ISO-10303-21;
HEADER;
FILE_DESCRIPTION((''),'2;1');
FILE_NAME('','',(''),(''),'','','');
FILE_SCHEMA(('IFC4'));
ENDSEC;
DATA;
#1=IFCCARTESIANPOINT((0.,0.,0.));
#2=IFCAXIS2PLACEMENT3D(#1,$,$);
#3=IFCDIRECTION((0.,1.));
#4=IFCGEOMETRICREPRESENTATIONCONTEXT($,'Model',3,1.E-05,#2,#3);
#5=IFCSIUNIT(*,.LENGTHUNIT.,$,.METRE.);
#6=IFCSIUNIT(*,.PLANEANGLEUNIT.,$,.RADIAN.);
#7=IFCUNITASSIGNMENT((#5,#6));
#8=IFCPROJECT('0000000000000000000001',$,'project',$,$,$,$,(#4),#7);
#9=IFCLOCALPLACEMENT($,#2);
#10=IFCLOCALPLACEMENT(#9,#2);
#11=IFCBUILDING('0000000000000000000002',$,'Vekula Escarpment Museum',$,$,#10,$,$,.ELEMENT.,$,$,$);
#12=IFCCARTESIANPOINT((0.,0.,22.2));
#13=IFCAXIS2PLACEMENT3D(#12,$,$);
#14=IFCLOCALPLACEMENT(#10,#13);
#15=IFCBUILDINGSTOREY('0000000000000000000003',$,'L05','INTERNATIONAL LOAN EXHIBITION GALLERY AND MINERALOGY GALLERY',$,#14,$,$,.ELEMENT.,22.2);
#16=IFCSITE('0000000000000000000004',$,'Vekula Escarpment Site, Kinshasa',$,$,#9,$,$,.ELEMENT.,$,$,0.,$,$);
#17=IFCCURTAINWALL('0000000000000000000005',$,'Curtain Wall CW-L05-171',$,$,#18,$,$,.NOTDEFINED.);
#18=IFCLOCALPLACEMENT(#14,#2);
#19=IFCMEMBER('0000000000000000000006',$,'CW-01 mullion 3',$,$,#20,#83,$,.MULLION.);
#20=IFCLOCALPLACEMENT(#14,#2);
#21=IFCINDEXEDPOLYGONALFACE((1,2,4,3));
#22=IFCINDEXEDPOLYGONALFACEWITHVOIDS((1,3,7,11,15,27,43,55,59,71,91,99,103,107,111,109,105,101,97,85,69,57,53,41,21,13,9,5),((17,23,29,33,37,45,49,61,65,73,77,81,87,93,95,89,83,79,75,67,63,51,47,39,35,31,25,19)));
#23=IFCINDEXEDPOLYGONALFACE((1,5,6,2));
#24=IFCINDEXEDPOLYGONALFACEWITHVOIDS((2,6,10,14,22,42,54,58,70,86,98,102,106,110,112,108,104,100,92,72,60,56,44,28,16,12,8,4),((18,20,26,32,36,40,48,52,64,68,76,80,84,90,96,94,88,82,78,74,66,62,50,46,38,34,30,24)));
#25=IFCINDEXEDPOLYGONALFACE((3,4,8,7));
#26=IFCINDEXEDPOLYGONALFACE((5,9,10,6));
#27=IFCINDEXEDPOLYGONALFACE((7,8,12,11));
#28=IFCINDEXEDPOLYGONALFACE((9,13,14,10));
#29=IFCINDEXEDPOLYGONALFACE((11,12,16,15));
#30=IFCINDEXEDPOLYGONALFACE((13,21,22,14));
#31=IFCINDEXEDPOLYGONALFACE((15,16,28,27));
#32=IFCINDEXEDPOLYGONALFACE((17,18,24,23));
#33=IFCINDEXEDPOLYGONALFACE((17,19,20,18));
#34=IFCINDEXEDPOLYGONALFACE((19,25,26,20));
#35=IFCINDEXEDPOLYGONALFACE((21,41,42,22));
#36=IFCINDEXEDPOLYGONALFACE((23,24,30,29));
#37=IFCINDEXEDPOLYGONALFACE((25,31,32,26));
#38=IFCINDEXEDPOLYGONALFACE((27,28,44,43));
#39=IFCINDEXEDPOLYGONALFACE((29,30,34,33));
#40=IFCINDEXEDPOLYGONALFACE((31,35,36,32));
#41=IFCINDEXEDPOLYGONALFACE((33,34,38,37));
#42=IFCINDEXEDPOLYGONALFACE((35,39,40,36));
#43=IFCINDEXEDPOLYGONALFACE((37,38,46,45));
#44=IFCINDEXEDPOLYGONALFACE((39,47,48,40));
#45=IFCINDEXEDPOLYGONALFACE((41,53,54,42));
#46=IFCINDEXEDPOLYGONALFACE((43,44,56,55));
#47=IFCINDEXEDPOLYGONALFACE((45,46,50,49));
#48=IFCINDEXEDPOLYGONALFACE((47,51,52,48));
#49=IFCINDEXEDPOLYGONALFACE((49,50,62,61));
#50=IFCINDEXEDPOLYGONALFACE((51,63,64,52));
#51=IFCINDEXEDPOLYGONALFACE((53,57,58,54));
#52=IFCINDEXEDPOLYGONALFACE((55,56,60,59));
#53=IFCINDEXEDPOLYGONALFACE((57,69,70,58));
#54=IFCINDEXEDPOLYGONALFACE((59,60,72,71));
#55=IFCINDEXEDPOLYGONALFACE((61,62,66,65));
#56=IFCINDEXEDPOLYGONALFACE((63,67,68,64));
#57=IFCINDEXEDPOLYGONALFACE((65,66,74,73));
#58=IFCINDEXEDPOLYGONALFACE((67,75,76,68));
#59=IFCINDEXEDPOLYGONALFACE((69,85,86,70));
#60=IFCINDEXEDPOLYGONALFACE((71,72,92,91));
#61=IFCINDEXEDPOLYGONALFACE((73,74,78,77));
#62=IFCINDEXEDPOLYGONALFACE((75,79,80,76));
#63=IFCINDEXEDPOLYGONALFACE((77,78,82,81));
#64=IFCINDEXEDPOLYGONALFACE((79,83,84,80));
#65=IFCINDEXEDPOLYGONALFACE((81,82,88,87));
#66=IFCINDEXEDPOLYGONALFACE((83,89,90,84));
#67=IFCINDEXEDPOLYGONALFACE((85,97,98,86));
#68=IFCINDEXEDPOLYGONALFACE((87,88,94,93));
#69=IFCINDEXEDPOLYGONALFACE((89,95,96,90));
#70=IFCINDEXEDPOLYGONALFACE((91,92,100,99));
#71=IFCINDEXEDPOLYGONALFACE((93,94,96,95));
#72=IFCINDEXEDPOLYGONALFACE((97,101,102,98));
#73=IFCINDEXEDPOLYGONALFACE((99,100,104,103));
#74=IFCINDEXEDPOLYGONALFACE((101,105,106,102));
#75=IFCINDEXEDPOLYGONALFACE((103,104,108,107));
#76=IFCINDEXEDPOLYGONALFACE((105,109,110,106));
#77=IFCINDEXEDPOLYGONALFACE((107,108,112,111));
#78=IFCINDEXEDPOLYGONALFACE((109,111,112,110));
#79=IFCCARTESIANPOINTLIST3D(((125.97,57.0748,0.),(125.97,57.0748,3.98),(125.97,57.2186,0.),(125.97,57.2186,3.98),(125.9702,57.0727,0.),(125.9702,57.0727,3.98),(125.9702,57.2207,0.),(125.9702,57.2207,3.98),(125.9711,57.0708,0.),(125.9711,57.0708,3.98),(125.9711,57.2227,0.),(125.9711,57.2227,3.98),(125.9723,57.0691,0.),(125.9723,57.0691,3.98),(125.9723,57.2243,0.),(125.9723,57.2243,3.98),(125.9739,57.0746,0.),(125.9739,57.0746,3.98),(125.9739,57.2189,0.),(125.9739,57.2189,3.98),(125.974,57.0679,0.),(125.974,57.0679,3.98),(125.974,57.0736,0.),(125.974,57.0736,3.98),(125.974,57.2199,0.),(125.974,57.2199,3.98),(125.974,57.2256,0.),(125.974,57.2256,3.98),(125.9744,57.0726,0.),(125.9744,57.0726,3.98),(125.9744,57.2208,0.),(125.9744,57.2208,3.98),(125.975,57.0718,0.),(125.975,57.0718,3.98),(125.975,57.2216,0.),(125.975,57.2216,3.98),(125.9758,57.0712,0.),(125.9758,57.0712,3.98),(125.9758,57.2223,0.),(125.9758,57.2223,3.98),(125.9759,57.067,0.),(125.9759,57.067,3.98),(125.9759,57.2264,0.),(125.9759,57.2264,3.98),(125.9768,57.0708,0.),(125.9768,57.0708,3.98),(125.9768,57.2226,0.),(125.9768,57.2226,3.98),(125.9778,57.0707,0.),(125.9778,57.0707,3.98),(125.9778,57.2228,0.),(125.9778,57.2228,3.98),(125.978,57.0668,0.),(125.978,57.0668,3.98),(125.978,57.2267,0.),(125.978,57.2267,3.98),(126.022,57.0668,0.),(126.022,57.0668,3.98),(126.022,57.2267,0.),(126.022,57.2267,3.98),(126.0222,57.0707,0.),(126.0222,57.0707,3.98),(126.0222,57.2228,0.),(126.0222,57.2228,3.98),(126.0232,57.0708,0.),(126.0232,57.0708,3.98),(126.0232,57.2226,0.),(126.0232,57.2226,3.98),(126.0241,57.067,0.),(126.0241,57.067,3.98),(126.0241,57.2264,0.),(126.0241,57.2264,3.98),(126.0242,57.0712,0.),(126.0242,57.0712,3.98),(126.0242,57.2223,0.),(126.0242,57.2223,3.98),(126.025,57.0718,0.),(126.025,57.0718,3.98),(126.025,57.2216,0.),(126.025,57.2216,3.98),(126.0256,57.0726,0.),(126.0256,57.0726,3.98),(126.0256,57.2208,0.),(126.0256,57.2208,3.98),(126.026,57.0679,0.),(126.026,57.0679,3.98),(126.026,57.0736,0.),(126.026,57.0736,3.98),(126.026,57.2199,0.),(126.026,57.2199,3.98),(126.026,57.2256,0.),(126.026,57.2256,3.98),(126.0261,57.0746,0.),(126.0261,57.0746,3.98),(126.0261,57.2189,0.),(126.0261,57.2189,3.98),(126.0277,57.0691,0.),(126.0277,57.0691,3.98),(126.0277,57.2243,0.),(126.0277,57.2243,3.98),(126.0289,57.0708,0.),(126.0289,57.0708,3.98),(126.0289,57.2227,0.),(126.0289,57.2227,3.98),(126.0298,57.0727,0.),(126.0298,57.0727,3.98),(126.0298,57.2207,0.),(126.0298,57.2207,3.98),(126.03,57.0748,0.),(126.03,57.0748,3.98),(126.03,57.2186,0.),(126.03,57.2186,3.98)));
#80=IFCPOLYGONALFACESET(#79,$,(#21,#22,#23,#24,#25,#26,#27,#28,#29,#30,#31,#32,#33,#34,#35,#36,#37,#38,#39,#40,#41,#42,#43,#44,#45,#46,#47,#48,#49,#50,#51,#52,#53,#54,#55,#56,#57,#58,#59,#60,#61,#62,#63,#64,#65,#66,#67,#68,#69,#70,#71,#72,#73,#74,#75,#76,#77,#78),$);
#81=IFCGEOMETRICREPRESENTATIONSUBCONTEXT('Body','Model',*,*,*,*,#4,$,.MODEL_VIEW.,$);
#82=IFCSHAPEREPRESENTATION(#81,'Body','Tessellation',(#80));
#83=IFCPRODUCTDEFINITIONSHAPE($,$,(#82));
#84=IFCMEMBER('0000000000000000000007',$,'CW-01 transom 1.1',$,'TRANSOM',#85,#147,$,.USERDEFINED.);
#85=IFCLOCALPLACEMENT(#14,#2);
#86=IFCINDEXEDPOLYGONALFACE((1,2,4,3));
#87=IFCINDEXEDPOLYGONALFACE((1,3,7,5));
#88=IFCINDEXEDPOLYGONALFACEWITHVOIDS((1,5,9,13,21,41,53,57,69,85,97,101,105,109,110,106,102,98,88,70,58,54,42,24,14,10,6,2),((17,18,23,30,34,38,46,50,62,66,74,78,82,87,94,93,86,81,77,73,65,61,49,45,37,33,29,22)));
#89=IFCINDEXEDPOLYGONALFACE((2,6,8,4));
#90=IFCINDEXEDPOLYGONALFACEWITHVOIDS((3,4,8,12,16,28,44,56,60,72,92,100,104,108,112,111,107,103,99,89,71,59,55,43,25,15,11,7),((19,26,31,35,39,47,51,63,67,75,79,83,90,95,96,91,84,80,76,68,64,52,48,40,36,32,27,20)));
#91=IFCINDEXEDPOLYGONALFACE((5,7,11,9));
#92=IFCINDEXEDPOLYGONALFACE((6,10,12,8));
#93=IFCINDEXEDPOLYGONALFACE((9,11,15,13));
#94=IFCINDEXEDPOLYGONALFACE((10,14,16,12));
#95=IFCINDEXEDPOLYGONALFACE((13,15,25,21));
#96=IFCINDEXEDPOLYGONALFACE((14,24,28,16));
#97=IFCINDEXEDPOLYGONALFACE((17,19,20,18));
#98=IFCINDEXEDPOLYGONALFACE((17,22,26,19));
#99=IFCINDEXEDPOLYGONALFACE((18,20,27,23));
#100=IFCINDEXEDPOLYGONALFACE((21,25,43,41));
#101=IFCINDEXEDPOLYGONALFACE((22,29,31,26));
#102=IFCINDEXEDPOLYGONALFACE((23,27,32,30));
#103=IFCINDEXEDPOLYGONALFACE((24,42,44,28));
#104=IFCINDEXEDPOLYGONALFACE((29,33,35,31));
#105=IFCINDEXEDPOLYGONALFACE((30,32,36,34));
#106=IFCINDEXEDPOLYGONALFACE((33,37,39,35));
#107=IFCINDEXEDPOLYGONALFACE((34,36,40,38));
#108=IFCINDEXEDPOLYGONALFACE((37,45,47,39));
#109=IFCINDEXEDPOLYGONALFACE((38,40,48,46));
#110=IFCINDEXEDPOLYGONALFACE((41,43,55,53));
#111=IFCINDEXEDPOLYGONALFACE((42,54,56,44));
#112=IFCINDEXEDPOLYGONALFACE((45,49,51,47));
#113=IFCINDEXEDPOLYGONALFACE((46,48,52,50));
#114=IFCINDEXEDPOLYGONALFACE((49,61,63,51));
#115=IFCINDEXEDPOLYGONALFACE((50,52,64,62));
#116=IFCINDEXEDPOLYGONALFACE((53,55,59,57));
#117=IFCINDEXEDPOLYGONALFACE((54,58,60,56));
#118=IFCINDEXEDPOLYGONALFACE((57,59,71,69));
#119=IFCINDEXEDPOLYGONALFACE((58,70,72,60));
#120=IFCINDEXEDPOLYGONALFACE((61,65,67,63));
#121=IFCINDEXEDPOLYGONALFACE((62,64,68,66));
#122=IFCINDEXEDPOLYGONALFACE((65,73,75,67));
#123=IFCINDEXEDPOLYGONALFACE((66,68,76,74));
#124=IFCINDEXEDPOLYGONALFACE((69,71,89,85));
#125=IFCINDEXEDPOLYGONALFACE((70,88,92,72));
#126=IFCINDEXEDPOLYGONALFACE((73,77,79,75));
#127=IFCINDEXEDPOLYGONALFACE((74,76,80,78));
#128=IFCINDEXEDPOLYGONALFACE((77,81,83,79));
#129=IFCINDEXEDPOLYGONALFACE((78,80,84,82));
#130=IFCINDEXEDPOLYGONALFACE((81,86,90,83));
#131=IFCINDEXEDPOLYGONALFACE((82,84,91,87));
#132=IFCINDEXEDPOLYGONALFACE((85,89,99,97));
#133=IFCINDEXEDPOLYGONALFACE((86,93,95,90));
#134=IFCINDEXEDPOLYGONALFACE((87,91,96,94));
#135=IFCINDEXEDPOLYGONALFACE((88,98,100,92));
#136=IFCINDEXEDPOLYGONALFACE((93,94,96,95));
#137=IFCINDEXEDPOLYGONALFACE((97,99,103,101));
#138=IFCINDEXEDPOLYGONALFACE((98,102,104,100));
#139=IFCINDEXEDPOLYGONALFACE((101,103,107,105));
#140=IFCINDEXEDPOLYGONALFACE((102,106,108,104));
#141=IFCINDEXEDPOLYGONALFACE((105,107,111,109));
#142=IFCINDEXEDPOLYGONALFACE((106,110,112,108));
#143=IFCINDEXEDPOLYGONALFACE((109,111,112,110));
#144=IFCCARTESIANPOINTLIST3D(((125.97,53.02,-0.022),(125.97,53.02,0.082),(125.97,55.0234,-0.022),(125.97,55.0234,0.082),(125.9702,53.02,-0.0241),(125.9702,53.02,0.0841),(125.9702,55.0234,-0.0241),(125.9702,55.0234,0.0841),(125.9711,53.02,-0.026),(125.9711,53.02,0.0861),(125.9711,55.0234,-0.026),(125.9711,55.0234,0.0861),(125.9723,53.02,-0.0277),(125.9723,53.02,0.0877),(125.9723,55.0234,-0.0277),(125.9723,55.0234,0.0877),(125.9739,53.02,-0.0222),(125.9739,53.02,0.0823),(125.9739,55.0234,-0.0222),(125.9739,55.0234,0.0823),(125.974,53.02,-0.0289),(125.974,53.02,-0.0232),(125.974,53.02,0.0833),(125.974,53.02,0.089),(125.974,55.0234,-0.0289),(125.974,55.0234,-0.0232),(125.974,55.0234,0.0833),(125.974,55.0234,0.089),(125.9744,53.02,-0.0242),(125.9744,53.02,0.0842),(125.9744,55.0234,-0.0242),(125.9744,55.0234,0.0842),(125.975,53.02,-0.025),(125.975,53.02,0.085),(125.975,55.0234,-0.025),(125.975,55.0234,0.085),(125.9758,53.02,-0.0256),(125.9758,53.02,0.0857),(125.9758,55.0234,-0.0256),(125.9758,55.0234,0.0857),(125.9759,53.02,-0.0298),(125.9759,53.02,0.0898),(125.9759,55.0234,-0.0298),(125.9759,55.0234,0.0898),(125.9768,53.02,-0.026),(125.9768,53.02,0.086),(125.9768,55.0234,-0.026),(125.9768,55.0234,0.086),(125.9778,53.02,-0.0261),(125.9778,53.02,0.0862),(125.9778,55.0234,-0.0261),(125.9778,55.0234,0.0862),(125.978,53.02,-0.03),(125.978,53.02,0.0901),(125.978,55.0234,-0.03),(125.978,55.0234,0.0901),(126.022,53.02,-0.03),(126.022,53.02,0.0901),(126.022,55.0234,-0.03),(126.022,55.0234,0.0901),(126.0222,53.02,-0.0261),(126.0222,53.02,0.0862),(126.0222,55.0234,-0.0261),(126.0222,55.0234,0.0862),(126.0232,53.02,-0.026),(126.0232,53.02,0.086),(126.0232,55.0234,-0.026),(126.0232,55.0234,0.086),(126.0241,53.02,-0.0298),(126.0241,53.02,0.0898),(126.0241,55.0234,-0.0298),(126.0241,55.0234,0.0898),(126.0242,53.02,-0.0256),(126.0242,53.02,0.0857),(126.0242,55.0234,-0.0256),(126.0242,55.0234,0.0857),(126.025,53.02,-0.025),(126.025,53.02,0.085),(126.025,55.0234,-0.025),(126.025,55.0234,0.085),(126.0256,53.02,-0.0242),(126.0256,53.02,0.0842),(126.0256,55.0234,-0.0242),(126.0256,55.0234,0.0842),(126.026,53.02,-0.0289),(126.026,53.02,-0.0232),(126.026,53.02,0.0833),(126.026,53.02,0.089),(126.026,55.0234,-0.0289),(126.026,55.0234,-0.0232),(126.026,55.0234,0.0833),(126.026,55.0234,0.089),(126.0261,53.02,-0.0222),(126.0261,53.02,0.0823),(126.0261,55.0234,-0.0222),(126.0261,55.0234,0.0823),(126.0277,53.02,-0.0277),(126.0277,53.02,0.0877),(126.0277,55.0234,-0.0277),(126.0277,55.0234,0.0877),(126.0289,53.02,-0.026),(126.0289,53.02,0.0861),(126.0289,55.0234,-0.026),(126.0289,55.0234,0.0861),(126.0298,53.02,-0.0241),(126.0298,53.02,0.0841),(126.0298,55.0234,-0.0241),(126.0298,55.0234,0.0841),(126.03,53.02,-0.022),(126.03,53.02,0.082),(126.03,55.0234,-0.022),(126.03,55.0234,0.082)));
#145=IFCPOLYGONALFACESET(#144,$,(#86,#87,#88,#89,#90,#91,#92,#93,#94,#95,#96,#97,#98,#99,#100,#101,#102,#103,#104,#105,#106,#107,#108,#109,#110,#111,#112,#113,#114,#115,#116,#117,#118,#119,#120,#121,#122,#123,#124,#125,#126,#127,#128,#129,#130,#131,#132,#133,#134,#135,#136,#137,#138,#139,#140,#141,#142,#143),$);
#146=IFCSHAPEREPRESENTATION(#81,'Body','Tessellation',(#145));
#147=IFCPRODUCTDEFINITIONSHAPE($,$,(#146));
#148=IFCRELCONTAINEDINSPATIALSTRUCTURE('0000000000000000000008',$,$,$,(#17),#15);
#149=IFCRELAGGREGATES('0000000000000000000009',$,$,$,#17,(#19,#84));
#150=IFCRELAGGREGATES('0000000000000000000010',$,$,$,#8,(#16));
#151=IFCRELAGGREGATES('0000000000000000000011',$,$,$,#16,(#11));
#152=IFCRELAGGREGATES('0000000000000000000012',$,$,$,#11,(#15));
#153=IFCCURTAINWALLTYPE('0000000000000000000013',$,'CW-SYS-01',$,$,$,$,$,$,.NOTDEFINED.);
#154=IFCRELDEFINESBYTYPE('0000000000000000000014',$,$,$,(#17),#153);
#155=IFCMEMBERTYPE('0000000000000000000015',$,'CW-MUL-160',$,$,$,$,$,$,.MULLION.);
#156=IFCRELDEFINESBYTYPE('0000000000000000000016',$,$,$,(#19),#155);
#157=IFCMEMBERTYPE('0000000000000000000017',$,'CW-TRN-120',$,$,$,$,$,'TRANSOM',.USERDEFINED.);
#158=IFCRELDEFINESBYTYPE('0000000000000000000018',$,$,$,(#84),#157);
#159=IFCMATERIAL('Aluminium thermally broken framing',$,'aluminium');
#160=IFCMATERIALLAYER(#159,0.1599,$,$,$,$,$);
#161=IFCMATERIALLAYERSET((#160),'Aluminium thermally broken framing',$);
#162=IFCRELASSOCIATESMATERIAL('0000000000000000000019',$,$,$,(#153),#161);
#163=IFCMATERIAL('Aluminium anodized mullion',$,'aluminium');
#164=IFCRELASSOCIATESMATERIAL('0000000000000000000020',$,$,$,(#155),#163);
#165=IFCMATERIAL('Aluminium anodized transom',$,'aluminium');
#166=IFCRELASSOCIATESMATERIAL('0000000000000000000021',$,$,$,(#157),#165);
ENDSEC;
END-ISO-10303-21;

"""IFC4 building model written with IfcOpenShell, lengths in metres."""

from ifc_helpers import new_model, si_unit, direction, frame, origin, origin_2d, place, context, subcontext, project, spatial, hollow_rectangle, extrude, material, layer, layer_set, material_profile, profile_set, type_object, element, aggregate, save


model = new_model("IFC4")

# Units and contexts
model_context = context("Model", 3, precision=1e-05, world=origin(), true_north=direction((0.0, 1.0)))
body_context = subcontext(model_context, "Body", "Model", "MODEL_VIEW")
ifc_project = project(units=[si_unit("LENGTHUNIT", "METRE"), si_unit("PLANEANGLEUNIT", "RADIAN")], contexts=[model_context])

# Site, building, storey
site_placement = place(None, origin())
site = spatial("IfcSite", under=ifc_project, at=site_placement, Name="Vekula Escarpment Site, Kinshasa", CompositionType="ELEMENT", RefElevation=0.0)
building_placement = place(site_placement, origin())
building = spatial("IfcBuilding", under=site, at=building_placement, Name="Vekula Escarpment Museum", CompositionType="ELEMENT")
storey_placement = place(building_placement, frame((0.0, 0.0, 22.2)))
storey = spatial("IfcBuildingStorey", under=building, at=storey_placement, Name="L05", Description="INTERNATIONAL LOAN EXHIBITION GALLERY AND MINERALOGY GALLERY", CompositionType="ELEMENT", Elevation=22.2)

# Curtain wall, members
ifc_material_1 = material(Name="Aluminium thermally broken framing", Category="aluminium")
ifc_layer_1 = layer(ifc_material_1, 0.1599)
ifc_layer_set_1 = layer_set([ifc_layer_1], Name="Aluminium thermally broken framing")
curtain_wall_type = type_object("IfcCurtainWallType", Name="CW-SYS-01", PredefinedType="NOTDEFINED", material=ifc_layer_set_1)
curtain_wall_placement = place(storey_placement, origin())
curtain_wall = element("IfcCurtainWall", 1, at=curtain_wall_placement, inside=storey, type_object=curtain_wall_type, Name="Curtain Wall CW-L05-171", PredefinedType="NOTDEFINED")
ifc_material_2 = material(Name="Aluminium anodized mullion", Category="aluminium")
ifc_material_profile_1 = material_profile(ifc_material_2, hollow_rectangle(XDim=0.0601, YDim=0.1599, WallThickness=0.0039, InnerFilletRadius=0.0039, OuterFilletRadius=0.0081, at=origin_2d()), Name="ALU 160x60x4")
ifc_profile_set_1 = profile_set([ifc_material_profile_1], Name="Aluminium anodized mullion")
member_type_1 = type_object("IfcMemberType", Name="CW-MUL-160", PredefinedType="MULLION", material=ifc_profile_set_1)
member_1_placement = place(storey_placement, frame((126.0, 57.1467, 0.0), z_axis=(0.0, 0.0, 1.0), x_axis=(-1.0, 0.0, 0.0)))
member_1 = element("IfcMember", 2, at=member_1_placement, type_object=member_type_1, Name="CW-01 mullion 3", PredefinedType="MULLION", context=body_context, shape_type="SweptSolid", body=[
    extrude(hollow_rectangle(XDim=0.0601, YDim=0.1599, WallThickness=0.0039, InnerFilletRadius=0.0039, OuterFilletRadius=0.0081, at=origin_2d()), origin(), (0.0, 0.0, 1.0), 3.98),
])
ifc_material_3 = material(Name="Aluminium anodized transom", Category="aluminium")
ifc_material_profile_2 = material_profile(ifc_material_3, hollow_rectangle(XDim=0.0601, YDim=0.1201, WallThickness=0.0039, InnerFilletRadius=0.0039, OuterFilletRadius=0.0081, at=origin_2d()), Name="ALU 120x60x4")
ifc_profile_set_2 = profile_set([ifc_material_profile_2], Name="Aluminium anodized transom")
member_type_2 = type_object("IfcMemberType", Name="CW-TRN-120", ElementType="TRANSOM", PredefinedType="USERDEFINED", material=ifc_profile_set_2)
member_2_placement = place(storey_placement, frame((126.0, 53.02, 0.03), z_axis=(0.0, 1.0, 0.0), x_axis=(-1.0, 0.0, 0.0)))
member_2 = element("IfcMember", 3, at=member_2_placement, type_object=member_type_2, Name="CW-01 transom 1.1", ObjectType="TRANSOM", PredefinedType="USERDEFINED", context=body_context, shape_type="SweptSolid", body=[
    extrude(hollow_rectangle(XDim=0.0601, YDim=0.1201, WallThickness=0.0039, InnerFilletRadius=0.0039, OuterFilletRadius=0.0081, at=origin_2d()), origin(), (0.0, 0.0, 1.0), 2.0034),
])

aggregate(curtain_wall, [member_1, member_2])

save(model, "model.ifc")
